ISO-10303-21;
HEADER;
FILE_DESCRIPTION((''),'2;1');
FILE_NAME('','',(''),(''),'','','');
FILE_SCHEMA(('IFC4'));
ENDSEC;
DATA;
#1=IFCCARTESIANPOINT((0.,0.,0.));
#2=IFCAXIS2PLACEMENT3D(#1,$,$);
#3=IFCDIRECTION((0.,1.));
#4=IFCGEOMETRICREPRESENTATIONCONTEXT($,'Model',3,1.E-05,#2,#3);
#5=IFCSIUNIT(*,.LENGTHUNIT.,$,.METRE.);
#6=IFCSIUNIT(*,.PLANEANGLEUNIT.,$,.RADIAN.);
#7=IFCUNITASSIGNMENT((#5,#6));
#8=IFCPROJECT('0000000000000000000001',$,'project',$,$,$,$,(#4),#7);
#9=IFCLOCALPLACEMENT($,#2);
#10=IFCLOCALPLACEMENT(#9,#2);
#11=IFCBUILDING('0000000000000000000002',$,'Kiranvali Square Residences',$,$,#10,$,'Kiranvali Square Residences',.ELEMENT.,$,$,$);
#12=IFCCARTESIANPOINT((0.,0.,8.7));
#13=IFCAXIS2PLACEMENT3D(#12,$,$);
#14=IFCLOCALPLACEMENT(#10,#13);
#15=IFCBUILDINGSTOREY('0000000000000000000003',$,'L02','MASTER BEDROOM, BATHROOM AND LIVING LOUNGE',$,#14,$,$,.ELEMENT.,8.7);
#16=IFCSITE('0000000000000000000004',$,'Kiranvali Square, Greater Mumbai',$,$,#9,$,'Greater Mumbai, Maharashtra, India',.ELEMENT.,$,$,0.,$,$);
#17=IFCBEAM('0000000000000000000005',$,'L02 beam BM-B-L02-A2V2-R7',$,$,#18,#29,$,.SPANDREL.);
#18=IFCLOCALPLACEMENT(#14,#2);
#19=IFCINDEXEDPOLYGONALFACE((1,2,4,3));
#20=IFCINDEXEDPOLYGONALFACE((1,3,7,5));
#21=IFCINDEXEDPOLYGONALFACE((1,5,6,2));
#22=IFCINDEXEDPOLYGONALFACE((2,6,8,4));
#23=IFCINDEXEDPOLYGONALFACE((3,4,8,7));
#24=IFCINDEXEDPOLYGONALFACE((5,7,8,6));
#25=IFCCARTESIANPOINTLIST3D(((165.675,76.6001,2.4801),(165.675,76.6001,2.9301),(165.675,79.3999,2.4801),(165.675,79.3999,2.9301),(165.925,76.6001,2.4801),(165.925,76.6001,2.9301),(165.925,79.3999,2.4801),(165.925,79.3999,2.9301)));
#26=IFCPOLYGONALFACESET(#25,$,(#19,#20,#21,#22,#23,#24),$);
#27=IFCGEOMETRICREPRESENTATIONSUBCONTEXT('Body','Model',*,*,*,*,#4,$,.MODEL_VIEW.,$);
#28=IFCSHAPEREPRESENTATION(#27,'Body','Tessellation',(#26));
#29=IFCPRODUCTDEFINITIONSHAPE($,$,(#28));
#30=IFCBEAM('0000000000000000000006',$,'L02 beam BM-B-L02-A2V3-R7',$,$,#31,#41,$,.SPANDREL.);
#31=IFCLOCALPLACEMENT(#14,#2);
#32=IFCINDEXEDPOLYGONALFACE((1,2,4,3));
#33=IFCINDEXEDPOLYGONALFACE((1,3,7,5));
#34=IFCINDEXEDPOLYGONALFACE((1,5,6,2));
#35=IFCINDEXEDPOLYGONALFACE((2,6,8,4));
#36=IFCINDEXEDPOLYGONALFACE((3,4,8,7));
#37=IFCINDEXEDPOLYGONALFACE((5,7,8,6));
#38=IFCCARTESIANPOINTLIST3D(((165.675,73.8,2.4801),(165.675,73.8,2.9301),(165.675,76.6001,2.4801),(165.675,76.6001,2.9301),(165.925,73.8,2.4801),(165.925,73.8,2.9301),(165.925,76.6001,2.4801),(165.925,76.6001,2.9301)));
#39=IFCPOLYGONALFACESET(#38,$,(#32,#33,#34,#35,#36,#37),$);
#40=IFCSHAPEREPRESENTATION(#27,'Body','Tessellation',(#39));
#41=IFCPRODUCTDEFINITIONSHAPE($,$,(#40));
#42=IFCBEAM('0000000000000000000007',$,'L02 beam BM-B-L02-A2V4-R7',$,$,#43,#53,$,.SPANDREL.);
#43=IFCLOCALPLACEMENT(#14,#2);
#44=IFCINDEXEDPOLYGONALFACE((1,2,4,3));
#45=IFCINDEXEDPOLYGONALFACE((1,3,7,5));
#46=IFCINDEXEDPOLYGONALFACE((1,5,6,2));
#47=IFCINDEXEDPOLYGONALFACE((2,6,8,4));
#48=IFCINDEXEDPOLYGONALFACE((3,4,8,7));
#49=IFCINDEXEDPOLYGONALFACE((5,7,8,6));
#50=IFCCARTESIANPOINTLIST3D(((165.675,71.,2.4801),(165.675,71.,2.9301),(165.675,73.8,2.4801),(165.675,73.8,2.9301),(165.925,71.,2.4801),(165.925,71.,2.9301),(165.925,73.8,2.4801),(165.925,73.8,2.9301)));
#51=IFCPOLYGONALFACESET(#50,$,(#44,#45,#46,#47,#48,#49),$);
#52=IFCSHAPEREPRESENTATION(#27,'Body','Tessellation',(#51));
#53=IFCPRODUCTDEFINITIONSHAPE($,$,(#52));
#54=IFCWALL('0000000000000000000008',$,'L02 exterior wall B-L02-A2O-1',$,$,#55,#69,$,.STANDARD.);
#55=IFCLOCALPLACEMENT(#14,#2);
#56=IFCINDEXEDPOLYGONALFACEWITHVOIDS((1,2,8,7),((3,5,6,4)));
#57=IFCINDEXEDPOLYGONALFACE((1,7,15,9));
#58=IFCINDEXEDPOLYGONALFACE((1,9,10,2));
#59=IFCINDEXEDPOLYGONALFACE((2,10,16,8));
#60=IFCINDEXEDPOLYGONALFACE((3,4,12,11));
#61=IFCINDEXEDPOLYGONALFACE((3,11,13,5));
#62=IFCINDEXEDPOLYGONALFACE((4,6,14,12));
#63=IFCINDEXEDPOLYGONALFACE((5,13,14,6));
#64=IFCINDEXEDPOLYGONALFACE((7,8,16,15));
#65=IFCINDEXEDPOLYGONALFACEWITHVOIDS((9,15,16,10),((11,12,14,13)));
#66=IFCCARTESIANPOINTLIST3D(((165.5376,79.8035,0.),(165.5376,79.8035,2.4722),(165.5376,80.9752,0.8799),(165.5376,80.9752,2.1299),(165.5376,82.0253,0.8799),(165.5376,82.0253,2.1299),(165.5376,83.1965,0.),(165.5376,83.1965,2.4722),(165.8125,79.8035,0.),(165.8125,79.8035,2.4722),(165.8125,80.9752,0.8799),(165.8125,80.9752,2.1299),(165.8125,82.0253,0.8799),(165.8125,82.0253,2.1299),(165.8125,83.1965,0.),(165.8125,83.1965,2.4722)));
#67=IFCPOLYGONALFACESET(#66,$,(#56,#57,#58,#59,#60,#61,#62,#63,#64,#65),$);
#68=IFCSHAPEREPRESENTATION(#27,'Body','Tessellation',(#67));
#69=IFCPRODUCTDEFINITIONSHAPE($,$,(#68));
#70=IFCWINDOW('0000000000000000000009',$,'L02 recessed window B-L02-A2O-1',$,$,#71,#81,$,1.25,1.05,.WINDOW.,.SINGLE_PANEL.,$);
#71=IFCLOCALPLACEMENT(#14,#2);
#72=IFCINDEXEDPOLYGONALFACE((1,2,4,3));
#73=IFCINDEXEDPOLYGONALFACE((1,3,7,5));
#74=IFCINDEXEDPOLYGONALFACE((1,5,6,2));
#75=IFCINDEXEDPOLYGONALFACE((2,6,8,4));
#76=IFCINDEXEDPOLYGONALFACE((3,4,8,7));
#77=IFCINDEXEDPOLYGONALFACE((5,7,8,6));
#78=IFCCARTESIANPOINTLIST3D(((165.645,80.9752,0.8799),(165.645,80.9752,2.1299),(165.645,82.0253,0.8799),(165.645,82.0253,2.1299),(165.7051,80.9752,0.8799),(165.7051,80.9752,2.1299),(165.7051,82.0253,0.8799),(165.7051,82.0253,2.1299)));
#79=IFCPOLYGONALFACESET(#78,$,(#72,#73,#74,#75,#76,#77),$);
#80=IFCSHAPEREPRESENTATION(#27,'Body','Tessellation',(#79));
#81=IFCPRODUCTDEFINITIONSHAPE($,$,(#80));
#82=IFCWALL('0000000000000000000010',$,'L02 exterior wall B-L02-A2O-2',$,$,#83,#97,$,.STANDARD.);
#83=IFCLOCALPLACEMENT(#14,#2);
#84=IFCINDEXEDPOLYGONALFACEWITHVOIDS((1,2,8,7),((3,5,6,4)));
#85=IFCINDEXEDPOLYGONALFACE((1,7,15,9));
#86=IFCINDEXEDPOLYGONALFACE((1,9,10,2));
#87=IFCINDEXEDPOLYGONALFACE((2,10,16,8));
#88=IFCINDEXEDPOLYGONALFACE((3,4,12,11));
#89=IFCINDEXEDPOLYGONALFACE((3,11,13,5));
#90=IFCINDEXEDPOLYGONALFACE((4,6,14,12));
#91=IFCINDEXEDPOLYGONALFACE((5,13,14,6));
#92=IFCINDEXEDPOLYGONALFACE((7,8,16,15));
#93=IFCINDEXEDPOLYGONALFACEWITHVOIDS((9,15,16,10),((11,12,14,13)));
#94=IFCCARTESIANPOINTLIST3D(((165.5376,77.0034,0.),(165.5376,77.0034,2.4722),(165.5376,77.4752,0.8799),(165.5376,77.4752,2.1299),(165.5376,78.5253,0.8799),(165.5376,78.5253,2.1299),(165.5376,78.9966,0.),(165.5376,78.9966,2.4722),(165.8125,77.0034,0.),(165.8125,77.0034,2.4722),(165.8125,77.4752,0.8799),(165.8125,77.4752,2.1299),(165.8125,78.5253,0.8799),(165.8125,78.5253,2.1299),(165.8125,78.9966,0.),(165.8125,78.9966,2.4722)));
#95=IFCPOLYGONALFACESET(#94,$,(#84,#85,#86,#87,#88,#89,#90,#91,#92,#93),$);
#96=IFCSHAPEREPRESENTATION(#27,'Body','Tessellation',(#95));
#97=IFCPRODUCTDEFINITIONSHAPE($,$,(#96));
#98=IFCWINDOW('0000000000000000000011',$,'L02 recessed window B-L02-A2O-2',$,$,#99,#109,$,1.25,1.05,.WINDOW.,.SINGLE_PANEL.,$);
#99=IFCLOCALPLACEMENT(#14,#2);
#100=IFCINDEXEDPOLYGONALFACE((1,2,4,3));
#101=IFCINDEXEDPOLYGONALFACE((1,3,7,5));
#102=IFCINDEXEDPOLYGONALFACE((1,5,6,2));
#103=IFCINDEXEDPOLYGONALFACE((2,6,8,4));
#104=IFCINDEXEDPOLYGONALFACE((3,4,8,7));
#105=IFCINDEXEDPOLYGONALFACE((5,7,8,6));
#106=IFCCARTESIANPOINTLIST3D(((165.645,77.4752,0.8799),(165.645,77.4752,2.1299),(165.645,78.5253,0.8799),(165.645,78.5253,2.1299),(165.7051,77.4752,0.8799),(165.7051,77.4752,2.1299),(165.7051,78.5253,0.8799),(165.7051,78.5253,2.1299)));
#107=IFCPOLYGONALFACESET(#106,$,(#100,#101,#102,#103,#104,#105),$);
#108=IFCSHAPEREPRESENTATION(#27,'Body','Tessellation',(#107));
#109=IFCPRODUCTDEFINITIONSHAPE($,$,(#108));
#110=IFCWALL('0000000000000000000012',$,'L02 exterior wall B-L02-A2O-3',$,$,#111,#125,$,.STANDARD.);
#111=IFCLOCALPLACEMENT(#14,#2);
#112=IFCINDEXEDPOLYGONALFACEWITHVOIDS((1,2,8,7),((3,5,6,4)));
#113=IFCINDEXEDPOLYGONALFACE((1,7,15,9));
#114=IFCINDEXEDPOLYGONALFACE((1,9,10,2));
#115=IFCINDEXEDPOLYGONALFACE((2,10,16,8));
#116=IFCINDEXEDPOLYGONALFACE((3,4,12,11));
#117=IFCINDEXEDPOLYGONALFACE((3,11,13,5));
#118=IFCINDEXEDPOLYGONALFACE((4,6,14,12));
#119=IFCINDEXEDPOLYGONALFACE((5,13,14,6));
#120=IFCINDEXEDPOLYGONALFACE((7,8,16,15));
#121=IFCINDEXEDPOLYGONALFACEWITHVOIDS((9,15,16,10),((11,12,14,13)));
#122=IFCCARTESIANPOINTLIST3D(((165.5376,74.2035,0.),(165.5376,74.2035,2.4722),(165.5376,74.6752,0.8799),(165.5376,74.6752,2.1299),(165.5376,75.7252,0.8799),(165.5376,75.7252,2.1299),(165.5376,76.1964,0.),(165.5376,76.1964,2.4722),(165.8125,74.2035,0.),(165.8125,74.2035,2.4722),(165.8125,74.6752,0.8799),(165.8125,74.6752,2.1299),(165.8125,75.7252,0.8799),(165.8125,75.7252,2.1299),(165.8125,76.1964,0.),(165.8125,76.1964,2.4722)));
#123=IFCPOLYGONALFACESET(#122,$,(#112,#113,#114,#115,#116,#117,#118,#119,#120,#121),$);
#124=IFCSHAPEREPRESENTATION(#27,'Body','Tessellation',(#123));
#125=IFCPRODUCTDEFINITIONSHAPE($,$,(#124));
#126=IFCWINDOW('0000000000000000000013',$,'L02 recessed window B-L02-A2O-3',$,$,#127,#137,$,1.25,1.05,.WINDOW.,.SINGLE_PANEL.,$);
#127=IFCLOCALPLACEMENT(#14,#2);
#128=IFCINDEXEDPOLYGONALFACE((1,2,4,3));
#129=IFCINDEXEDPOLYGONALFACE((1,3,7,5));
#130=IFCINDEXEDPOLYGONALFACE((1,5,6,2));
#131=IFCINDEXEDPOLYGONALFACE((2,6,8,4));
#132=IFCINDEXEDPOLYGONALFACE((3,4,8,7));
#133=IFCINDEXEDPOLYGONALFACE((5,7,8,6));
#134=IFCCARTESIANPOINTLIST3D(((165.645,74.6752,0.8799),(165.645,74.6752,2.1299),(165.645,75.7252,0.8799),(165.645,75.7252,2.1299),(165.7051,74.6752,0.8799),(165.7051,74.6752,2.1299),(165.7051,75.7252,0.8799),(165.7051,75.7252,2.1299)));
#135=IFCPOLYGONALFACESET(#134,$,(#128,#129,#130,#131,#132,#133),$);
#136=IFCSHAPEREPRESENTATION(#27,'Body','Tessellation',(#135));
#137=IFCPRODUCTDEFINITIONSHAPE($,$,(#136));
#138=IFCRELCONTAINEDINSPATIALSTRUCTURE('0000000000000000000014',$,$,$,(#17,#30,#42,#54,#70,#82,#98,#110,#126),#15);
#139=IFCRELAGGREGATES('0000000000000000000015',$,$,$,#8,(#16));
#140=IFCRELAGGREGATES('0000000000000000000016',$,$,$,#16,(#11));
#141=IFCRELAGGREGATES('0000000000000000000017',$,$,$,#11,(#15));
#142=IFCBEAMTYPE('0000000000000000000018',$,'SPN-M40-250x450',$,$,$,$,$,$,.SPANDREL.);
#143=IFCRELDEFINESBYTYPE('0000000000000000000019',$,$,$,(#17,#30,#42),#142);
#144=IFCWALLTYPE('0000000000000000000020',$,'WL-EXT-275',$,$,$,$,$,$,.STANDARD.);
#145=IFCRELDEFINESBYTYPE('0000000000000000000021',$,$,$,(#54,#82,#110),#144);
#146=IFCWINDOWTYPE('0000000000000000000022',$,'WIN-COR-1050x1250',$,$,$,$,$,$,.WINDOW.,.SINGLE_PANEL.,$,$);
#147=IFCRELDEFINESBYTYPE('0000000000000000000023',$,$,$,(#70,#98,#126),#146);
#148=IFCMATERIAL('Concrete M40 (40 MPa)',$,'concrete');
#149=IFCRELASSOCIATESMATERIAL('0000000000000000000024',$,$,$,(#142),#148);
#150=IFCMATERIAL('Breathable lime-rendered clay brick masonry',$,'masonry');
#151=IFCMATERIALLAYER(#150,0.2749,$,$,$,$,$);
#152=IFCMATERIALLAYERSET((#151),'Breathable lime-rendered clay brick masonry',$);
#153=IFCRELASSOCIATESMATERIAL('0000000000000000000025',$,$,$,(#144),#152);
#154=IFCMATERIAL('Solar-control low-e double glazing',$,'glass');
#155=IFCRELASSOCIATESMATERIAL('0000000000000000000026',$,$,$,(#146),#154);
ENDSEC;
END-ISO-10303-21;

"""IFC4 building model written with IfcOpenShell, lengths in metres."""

from ifc_helpers import new_model, si_unit, direction, frame, frame_2d, origin, origin_2d, place, context, subcontext, project, spatial, rectangle, extrude, material, layer, layer_set, material_profile, profile_set, type_object, element, fill, save


model = new_model("IFC4")

# Units and contexts
model_context = context("Model", 3, precision=1e-05, world=origin(), true_north=direction((0.0, 1.0)))
body_context = subcontext(model_context, "Body", "Model", "MODEL_VIEW")
ifc_project = project(units=[si_unit("LENGTHUNIT", "METRE"), si_unit("PLANEANGLEUNIT", "RADIAN")], contexts=[model_context])

# Site, building, storey
site_placement = place(None, origin())
site = spatial("IfcSite", under=ifc_project, at=site_placement, Name="Kiranvali Square, Greater Mumbai", LongName="Greater Mumbai, Maharashtra, India", CompositionType="ELEMENT", RefElevation=0.0)
building_placement = place(site_placement, origin())
building = spatial("IfcBuilding", under=site, at=building_placement, Name="Kiranvali Square Residences", LongName="Kiranvali Square Residences", CompositionType="ELEMENT")
storey_placement = place(building_placement, frame((0.0, 0.0, 8.7)))
storey = spatial("IfcBuildingStorey", under=building, at=storey_placement, Name="L02", Description="MASTER BEDROOM, BATHROOM AND LIVING LOUNGE", CompositionType="ELEMENT", Elevation=8.7)

# Beams
ifc_material_1 = material(Name="Concrete M40 (40 MPa)", Category="concrete")
ifc_material_profile_1 = material_profile(ifc_material_1, rectangle(XDim=0.25, YDim=0.45, at=origin_2d()), Name="RC 250x450")
ifc_profile_set_1 = profile_set([ifc_material_profile_1], Name="Concrete M40 (40 MPa)")
beam_type_1 = type_object("IfcBeamType", Name="SPN-M40-250x450", PredefinedType="SPANDREL", material=ifc_profile_set_1)
beam_1_placement = place(storey_placement, frame((165.8, 79.3999, 2.7051), z_axis=(0.0, -1.0, 0.0), x_axis=(1.0, 0.0, 0.0)))
element("IfcBeam", 1, at=beam_1_placement, inside=storey, type_object=beam_type_1, Name="L02 beam BM-B-L02-A2V2-R7", PredefinedType="SPANDREL", context=body_context, shape_type="SweptSolid", body=[
    extrude(rectangle(XDim=0.25, YDim=0.45, at=origin_2d()), origin(), (0.0, 0.0, 1.0), 2.7998),
])
for number, where, z_axis, x_axis, name in (
    (2, (165.8, 76.6001, 2.7051), (0.0, -1.0, 0.0), (1.0, 0.0, 0.0), "L02 beam BM-B-L02-A2V3-R7"),
    (3, (165.8, 73.8, 2.7051), (0.0, -1.0, 0.0), (1.0, 0.0, 0.0), "L02 beam BM-B-L02-A2V4-R7"),
):
    element("IfcBeam", number, at=place(storey_placement, frame(where, z_axis=z_axis, x_axis=x_axis)), inside=storey, type_object=beam_type_1, Name=name, PredefinedType="SPANDREL", context=body_context, shape_type="SweptSolid", body=[
        extrude(rectangle(XDim=0.25, YDim=0.45, at=origin_2d()), origin(), (0.0, 0.0, 1.0), 2.8),
    ])

# Walls, openings, windows
ifc_material_2 = material(Name="Breathable lime-rendered clay brick masonry", Category="masonry")
ifc_layer = layer(ifc_material_2, 0.2749)
ifc_layer_set = layer_set([ifc_layer], Name="Breathable lime-rendered clay brick masonry")
wall_type = type_object("IfcWallType", Name="WL-EXT-275", PredefinedType="STANDARD", material=ifc_layer_set)
wall_1_placement = place(storey_placement, frame((165.675, 83.1965, 0.0), z_axis=(0.0, 0.0, 1.0), x_axis=(0.0, -1.0, 0.0)))
wall_1 = element("IfcWall", 4, at=wall_1_placement, inside=storey, type_object=wall_type, Name="L02 exterior wall B-L02-A2O-1", PredefinedType="STANDARD", context=body_context, shape_type="SweptSolid", body=[
    extrude(rectangle(XDim=3.3931, YDim=0.2749, at=frame_2d((1.6965, 0.0))), origin(), (0.0, 0.0, 1.0), 2.4722),
])
opening_1_placement = place(wall_1_placement, frame((1.1714, 0.0, 0.8799)))
opening_1 = element("IfcOpeningElement", 5, at=opening_1_placement, cuts=wall_1, PredefinedType="OPENING", context=body_context, shape_type="SweptSolid", body=[
    extrude(rectangle(XDim=1.05, YDim=1.25, at=frame_2d((0.5249, 0.625))), frame((0.0, 0.1475, 0.0), z_axis=(0.0, -1.0, 0.0), x_axis=(1.0, 0.0, 0.0)), (0.0, 0.0, 1.0), 0.2949),
])
ifc_material_3 = material(Name="Solar-control low-e double glazing", Category="glass")
window_type = type_object("IfcWindowType", Name="WIN-COR-1050x1250", PartitioningType="SINGLE_PANEL", PredefinedType="WINDOW", material=ifc_material_3)
window_1_placement = place(opening_1_placement, origin())
window_1 = element("IfcWindow", 6, at=window_1_placement, inside=storey, type_object=window_type, Name="L02 recessed window B-L02-A2O-1", OverallHeight=1.25, OverallWidth=1.05, PartitioningType="SINGLE_PANEL", PredefinedType="WINDOW", context=body_context, shape_type="SweptSolid", body=[
    extrude(rectangle(XDim=1.05, YDim=1.25, at=frame_2d((0.5249, 0.625))), frame((0.0, 0.03, 0.0), z_axis=(0.0, -1.0, 0.0), x_axis=(1.0, 0.0, 0.0)), (0.0, 0.0, 1.0), 0.0601),
])
fill(opening_1, window_1)
wall_2_placement = place(storey_placement, frame((165.675, 78.9966, 0.0), z_axis=(0.0, 0.0, 1.0), x_axis=(0.0, -1.0, 0.0)))
wall_2 = element("IfcWall", 7, at=wall_2_placement, inside=storey, type_object=wall_type, Name="L02 exterior wall B-L02-A2O-2", PredefinedType="STANDARD", context=body_context, shape_type="SweptSolid", body=[
    extrude(rectangle(XDim=1.9932, YDim=0.2749, at=frame_2d((0.9966, 0.0))), origin(), (0.0, 0.0, 1.0), 2.4722),
])
opening_2_placement = place(wall_2_placement, frame((0.4714, 0.0, 0.8799)))
opening_2 = element("IfcOpeningElement", 8, at=opening_2_placement, cuts=wall_2, PredefinedType="OPENING", context=body_context, shape_type="SweptSolid", body=[
    extrude(rectangle(XDim=1.05, YDim=1.25, at=frame_2d((0.5249, 0.625))), frame((0.0, 0.1475, 0.0), z_axis=(0.0, -1.0, 0.0), x_axis=(1.0, 0.0, 0.0)), (0.0, 0.0, 1.0), 0.2949),
])
window_2_placement = place(opening_2_placement, origin())
window_2 = element("IfcWindow", 9, at=window_2_placement, inside=storey, type_object=window_type, Name="L02 recessed window B-L02-A2O-2", OverallHeight=1.25, OverallWidth=1.05, PartitioningType="SINGLE_PANEL", PredefinedType="WINDOW", context=body_context, shape_type="SweptSolid", body=[
    extrude(rectangle(XDim=1.05, YDim=1.25, at=frame_2d((0.5249, 0.625))), frame((0.0, 0.03, 0.0), z_axis=(0.0, -1.0, 0.0), x_axis=(1.0, 0.0, 0.0)), (0.0, 0.0, 1.0), 0.0601),
])
fill(opening_2, window_2)
wall_3_placement = place(storey_placement, frame((165.675, 76.1965, 0.0), z_axis=(0.0, 0.0, 1.0), x_axis=(0.0, -1.0, 0.0)))
wall_3 = element("IfcWall", 10, at=wall_3_placement, inside=storey, type_object=wall_type, Name="L02 exterior wall B-L02-A2O-3", PredefinedType="STANDARD", context=body_context, shape_type="SweptSolid", body=[
    extrude(rectangle(XDim=1.9929, YDim=0.2749, at=frame_2d((0.9966, 0.0))), origin(), (0.0, 0.0, 1.0), 2.4722),
])
opening_3_placement = place(wall_3_placement, frame((0.4714, 0.0, 0.8799)))
opening_3 = element("IfcOpeningElement", 11, at=opening_3_placement, cuts=wall_3, PredefinedType="OPENING", context=body_context, shape_type="SweptSolid", body=[
    extrude(rectangle(XDim=1.05, YDim=1.25, at=frame_2d((0.5249, 0.625))), frame((0.0, 0.1475, 0.0), z_axis=(0.0, -1.0, 0.0), x_axis=(1.0, 0.0, 0.0)), (0.0, 0.0, 1.0), 0.2949),
])
window_3_placement = place(opening_3_placement, origin())
window_3 = element("IfcWindow", 12, at=window_3_placement, inside=storey, type_object=window_type, Name="L02 recessed window B-L02-A2O-3", OverallHeight=1.25, OverallWidth=1.05, PartitioningType="SINGLE_PANEL", PredefinedType="WINDOW", context=body_context, shape_type="SweptSolid", body=[
    extrude(rectangle(XDim=1.05, YDim=1.25, at=frame_2d((0.5249, 0.625))), frame((0.0, 0.03, 0.0), z_axis=(0.0, -1.0, 0.0), x_axis=(1.0, 0.0, 0.0)), (0.0, 0.0, 1.0), 0.0601),
])
fill(opening_3, window_3)

save(model, "model.ifc")
